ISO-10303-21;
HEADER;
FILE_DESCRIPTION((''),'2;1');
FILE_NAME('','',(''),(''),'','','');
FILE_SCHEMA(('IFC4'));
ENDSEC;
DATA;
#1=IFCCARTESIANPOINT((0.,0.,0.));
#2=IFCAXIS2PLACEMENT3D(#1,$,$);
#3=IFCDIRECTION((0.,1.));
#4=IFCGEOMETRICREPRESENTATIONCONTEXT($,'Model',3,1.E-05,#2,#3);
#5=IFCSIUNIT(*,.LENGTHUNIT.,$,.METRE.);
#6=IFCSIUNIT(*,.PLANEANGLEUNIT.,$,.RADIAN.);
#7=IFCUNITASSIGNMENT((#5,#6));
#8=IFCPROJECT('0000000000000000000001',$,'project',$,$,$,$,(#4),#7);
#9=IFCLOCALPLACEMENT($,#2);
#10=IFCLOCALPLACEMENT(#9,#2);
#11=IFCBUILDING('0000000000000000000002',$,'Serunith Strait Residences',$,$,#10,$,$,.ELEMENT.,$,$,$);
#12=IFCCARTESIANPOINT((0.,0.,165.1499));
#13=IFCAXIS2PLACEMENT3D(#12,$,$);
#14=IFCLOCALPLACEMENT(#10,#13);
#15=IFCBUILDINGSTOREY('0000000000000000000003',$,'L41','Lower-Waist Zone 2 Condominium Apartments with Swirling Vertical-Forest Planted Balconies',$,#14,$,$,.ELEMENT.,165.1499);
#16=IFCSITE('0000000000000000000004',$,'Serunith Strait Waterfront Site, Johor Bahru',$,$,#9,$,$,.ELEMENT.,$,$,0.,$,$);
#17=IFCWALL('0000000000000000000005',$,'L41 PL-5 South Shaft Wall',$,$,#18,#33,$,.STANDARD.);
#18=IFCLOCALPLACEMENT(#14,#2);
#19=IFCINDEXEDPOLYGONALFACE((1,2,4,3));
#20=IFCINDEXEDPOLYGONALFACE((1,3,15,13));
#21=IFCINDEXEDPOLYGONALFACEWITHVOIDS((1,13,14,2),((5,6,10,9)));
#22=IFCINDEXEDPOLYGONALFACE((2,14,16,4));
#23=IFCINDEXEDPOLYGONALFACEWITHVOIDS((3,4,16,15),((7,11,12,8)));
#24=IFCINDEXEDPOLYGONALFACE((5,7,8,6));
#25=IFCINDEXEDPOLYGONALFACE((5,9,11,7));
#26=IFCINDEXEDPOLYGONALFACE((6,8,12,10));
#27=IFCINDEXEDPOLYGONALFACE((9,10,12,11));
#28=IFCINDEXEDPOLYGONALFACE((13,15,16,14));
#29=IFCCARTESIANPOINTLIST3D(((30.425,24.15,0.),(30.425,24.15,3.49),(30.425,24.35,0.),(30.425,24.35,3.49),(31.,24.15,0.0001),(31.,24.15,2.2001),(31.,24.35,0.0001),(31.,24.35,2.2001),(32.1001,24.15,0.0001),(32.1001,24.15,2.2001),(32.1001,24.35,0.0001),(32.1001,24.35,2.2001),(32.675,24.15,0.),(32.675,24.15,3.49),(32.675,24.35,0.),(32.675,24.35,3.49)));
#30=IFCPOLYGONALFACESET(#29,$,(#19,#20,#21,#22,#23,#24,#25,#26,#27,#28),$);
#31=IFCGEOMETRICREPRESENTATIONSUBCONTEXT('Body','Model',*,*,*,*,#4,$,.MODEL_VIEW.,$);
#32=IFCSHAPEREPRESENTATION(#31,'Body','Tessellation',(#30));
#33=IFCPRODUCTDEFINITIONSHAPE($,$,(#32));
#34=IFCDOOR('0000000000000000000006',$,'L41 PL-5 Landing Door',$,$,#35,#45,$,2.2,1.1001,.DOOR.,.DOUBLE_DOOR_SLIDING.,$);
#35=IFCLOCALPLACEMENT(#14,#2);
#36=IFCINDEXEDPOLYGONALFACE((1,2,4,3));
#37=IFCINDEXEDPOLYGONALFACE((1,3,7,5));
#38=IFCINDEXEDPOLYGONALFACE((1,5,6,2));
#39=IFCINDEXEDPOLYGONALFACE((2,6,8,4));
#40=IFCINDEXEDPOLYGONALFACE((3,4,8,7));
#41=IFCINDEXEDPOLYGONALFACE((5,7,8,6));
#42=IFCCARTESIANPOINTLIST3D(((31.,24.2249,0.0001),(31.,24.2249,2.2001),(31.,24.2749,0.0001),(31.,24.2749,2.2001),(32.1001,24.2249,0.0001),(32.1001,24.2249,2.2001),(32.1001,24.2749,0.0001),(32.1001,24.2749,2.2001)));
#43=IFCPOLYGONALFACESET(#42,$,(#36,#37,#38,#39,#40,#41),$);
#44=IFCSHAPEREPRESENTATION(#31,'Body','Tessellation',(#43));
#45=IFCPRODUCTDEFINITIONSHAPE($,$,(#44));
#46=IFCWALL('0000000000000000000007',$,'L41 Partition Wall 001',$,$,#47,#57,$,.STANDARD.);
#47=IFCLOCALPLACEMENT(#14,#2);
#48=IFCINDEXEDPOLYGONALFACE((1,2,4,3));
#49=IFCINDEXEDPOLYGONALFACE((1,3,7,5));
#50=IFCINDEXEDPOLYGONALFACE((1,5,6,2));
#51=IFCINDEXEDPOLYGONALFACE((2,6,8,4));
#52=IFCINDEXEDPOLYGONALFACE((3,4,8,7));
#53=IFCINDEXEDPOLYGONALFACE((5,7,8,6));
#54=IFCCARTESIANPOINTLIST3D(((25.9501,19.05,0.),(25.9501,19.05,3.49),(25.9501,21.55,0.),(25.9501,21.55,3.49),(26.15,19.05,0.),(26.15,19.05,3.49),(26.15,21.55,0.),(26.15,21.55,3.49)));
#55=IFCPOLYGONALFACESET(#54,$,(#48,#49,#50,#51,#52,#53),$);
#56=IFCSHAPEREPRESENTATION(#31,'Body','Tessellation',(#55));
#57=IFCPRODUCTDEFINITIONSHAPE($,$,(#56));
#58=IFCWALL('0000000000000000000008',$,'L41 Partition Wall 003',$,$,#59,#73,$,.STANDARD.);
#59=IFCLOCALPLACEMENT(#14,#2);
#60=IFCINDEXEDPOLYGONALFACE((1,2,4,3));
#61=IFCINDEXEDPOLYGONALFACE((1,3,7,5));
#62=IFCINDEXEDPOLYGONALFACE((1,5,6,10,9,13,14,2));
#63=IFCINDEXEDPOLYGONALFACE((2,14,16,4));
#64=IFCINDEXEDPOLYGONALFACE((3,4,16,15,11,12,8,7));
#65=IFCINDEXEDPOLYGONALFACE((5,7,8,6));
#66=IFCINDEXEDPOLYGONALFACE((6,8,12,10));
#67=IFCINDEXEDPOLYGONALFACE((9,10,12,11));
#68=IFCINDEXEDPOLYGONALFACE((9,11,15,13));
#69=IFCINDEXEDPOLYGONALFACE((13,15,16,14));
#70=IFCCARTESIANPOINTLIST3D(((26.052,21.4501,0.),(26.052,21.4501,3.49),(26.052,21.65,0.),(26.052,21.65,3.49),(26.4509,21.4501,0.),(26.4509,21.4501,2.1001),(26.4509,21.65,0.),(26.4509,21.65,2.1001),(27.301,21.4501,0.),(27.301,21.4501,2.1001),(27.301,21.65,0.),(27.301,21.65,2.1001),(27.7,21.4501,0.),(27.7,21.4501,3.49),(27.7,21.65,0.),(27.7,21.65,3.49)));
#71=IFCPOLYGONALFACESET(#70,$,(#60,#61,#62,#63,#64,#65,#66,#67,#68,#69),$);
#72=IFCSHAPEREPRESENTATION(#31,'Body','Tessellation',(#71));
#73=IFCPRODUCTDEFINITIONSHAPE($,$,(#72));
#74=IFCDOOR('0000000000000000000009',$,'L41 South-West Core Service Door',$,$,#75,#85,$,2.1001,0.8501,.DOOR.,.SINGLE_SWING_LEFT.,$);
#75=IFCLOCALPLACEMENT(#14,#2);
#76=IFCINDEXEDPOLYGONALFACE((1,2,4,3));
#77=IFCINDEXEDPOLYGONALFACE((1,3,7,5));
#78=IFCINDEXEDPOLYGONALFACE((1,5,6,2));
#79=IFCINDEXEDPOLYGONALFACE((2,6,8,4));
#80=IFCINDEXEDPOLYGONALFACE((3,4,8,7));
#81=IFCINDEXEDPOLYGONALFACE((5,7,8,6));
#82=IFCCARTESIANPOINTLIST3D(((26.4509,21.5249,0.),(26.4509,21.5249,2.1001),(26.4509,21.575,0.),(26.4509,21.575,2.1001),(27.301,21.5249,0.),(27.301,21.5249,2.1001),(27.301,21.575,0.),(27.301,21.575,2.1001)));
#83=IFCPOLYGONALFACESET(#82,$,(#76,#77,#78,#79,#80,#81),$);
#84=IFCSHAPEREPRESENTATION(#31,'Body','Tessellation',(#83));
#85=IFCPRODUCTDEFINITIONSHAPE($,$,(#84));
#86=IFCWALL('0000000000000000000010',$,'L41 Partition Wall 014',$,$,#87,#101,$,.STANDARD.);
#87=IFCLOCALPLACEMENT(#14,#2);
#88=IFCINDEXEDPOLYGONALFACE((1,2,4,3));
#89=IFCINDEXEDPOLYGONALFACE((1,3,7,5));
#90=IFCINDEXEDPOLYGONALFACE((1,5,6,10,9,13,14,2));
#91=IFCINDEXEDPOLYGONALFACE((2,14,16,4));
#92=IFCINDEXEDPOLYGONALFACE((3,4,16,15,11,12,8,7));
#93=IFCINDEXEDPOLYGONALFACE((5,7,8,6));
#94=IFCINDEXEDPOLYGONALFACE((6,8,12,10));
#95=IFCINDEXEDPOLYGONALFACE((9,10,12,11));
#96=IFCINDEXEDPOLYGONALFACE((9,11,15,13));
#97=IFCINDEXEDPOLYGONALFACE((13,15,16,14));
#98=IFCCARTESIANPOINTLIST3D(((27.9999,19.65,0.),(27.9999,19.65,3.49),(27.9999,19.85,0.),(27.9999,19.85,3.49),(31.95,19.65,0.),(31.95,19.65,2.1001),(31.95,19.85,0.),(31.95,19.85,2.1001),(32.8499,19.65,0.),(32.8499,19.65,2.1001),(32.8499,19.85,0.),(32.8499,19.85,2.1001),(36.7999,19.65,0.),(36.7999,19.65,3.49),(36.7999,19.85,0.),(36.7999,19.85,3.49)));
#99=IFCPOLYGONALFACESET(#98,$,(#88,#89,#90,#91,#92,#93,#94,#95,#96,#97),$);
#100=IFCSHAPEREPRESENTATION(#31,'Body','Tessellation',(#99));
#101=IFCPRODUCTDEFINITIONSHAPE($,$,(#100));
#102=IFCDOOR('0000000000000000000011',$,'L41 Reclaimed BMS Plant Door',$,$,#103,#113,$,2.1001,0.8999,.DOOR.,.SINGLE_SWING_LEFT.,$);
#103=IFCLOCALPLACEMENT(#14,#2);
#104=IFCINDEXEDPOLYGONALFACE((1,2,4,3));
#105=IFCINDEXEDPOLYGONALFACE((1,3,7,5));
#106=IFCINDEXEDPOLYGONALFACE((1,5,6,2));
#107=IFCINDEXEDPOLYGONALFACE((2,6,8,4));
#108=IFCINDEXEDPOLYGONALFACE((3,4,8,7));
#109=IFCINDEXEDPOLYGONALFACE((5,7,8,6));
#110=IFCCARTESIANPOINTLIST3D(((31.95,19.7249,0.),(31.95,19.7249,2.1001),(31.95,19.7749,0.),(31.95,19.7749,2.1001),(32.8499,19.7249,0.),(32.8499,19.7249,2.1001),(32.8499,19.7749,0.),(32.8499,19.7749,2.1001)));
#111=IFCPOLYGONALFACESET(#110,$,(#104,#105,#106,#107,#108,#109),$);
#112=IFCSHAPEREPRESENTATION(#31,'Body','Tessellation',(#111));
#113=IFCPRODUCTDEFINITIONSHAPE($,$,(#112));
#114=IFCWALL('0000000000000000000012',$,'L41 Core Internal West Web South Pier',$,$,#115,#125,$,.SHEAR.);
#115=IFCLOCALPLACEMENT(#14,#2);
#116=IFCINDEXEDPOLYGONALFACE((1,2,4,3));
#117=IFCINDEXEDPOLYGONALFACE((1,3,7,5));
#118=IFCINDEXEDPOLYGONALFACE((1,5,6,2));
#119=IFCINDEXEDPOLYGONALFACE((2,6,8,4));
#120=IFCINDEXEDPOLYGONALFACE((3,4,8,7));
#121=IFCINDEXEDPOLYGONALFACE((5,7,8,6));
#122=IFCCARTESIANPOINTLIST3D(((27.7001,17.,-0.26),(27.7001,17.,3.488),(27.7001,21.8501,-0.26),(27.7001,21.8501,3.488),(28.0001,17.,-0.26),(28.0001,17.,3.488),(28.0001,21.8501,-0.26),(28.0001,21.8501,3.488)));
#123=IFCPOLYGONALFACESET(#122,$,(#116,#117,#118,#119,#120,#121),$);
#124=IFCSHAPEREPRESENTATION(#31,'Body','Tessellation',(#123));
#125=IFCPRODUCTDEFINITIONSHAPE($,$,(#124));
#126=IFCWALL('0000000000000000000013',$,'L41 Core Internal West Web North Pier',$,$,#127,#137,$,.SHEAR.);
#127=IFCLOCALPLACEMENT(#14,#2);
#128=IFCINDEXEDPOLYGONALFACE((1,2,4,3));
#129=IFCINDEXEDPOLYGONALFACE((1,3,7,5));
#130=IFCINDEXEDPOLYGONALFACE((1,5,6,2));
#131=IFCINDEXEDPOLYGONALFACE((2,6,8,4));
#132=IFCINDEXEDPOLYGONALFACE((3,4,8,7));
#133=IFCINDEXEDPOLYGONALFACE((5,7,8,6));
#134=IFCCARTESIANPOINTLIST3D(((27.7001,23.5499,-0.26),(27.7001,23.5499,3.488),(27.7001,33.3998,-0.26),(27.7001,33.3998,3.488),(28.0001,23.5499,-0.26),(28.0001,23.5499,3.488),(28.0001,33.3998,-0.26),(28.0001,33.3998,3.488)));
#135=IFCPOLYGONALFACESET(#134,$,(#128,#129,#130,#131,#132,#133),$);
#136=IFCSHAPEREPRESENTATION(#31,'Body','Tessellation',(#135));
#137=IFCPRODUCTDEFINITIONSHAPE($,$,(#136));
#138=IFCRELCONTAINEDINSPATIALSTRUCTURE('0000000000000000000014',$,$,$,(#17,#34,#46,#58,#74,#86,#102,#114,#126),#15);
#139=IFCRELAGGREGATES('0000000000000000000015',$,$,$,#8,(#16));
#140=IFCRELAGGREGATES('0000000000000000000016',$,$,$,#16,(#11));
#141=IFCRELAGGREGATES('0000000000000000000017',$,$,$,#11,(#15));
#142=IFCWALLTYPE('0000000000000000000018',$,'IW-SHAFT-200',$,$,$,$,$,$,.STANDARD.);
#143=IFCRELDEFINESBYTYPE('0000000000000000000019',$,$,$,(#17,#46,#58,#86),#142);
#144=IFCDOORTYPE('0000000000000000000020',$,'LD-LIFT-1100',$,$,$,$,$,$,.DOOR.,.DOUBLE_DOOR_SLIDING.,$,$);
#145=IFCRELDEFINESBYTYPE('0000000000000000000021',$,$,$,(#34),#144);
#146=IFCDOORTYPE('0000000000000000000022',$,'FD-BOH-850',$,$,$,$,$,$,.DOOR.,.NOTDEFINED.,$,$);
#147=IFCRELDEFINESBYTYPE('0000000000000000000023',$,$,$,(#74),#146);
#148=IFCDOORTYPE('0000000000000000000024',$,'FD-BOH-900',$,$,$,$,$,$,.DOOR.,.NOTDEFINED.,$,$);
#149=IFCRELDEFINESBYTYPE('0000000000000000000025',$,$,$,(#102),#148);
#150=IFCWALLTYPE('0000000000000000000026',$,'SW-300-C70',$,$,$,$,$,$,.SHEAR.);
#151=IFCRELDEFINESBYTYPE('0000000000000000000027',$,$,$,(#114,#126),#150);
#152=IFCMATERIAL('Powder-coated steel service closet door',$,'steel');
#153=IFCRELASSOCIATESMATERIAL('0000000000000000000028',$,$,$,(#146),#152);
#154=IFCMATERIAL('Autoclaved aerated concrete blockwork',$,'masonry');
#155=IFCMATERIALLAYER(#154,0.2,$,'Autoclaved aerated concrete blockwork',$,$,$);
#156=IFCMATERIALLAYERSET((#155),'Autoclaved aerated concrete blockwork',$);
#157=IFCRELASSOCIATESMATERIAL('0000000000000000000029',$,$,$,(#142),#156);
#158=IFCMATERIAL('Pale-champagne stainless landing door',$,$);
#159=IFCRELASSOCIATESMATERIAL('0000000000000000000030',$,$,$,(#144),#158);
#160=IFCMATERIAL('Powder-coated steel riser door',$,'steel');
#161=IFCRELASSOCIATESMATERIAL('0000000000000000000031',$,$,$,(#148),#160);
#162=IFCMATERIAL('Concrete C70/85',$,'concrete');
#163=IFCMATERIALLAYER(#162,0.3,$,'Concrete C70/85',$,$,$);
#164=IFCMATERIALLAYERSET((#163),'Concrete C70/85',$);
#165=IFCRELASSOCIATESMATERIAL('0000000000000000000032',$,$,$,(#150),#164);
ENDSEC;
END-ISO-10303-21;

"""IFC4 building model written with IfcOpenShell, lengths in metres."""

from ifc_helpers import new_model, si_unit, direction, frame, frame_2d, origin, place, context, subcontext, project, spatial, rectangle, extrude, source, transform, mapped, material, layer, layer_set, type_object, element, fill, save


model = new_model("IFC4")

# Units and contexts
model_context = context("Model", 3, precision=1e-05, world=origin(), true_north=direction((0.0, 1.0)))
body_context = subcontext(model_context, "Body", "Model", "MODEL_VIEW")
ifc_project = project(units=[si_unit("LENGTHUNIT", "METRE"), si_unit("PLANEANGLEUNIT", "RADIAN")], contexts=[model_context])

# Site, building, storey
site_placement = place(None, origin())
site = spatial("IfcSite", under=ifc_project, at=site_placement, Name="Serunith Strait Waterfront Site, Johor Bahru", CompositionType="ELEMENT", RefElevation=0.0)
building_placement = place(site_placement, origin())
building = spatial("IfcBuilding", under=site, at=building_placement, Name="Serunith Strait Residences", CompositionType="ELEMENT")
storey_placement = place(building_placement, frame((0.0, 0.0, 165.1499)))
storey = spatial("IfcBuildingStorey", under=building, at=storey_placement, Name="L41", Description="Lower-Waist Zone 2 Condominium Apartments with Swirling Vertical-Forest Planted Balconies", CompositionType="ELEMENT", Elevation=165.1499)

# Wall, opening, door
ifc_material_1 = material(Name="Powder-coated steel service closet door", Category="steel")
door_type_1 = type_object("IfcDoorType", Name="FD-BOH-850", OperationType="NOTDEFINED", PredefinedType="DOOR", material=ifc_material_1)
shared_shape_1 = source(origin(), body_context, "Body", "SweptSolid", [
    extrude(rectangle(XDim=0.8501, YDim=2.1001, at=frame_2d((0.425, 1.05))), frame((0.0, 0.0249, 0.0), z_axis=(0.0, -1.0, 0.0), x_axis=(1.0, 0.0, 0.0)), (0.0, 0.0, 1.0), 0.05),
])
ifc_material_2 = material(Name="Autoclaved aerated concrete blockwork", Category="masonry")
ifc_layer_1 = layer(ifc_material_2, 0.2, Name="Autoclaved aerated concrete blockwork")
ifc_layer_set_1 = layer_set([ifc_layer_1], Name="Autoclaved aerated concrete blockwork")
wall_type_1 = type_object("IfcWallType", Name="IW-SHAFT-200", PredefinedType="STANDARD", material=ifc_layer_set_1)
ifc_material_3 = material(Name="Pale-champagne stainless landing door")
door_type_2 = type_object("IfcDoorType", Name="LD-LIFT-1100", OperationType="DOUBLE_DOOR_SLIDING", PredefinedType="DOOR", material=ifc_material_3)
shared_shape_2 = source(origin(), body_context, "Body", "SweptSolid", [
    extrude(rectangle(XDim=1.1001, YDim=2.2, at=frame_2d((0.55, 1.1001))), frame((0.0, 0.0249, 0.0), z_axis=(0.0, -1.0, 0.0), x_axis=(1.0, 0.0, 0.0)), (0.0, 0.0, 1.0), 0.05),
])
wall_1_placement = place(storey_placement, frame((30.425, 24.25, 0.0), z_axis=(0.0, 0.0, 1.0), x_axis=(1.0, 0.0, 0.0)))
wall_1 = element("IfcWall", 1, at=wall_1_placement, inside=storey, type_object=wall_type_1, Name="L41 PL-5 South Shaft Wall", PredefinedType="STANDARD", context=body_context, shape_type="SweptSolid", body=[
    extrude(rectangle(XDim=2.25, YDim=0.2, at=frame_2d((1.125, 0.0))), origin(), (0.0, 0.0, 1.0), 3.49),
])
opening_1_placement = place(wall_1_placement, frame((0.575, 0.0, 0.0)))
opening_1 = element("IfcOpeningElement", 2, at=opening_1_placement, cuts=wall_1, PredefinedType="OPENING", context=body_context, shape_type="SweptSolid", body=[
    extrude(rectangle(XDim=1.1001, YDim=2.2, at=frame_2d((0.55, 1.1001))), frame((0.0, 0.1099, 0.0), z_axis=(0.0, -1.0, 0.0), x_axis=(1.0, 0.0, 0.0)), (0.0, 0.0, 1.0), 0.22),
])
door_1_placement = place(opening_1_placement, origin())
door_1 = element("IfcDoor", 3, at=door_1_placement, inside=storey, type_object=door_type_2, Name="L41 PL-5 Landing Door", OperationType="DOUBLE_DOOR_SLIDING", OverallHeight=2.2, OverallWidth=1.1001, PredefinedType="DOOR", context=body_context, shape_type="MappedRepresentation", body=[
    mapped(shared_shape_2, transform((0.0, 0.0, 0.0), scale=1.0)),
])
fill(opening_1, door_1)

# Wall
wall_2_placement = place(storey_placement, frame((26.05, 19.05, 0.0), z_axis=(0.0, 0.0, 1.0), x_axis=(0.0, 1.0, 0.0)))
element("IfcWall", 4, at=wall_2_placement, inside=storey, type_object=wall_type_1, Name="L41 Partition Wall 001", PredefinedType="STANDARD", context=body_context, shape_type="SweptSolid", body=[
    extrude(rectangle(XDim=2.5, YDim=0.2, at=frame_2d((1.25, 0.0))), origin(), (0.0, 0.0, 1.0), 3.49),
])

# Walls, openings, doors
wall_3_placement = place(storey_placement, frame((26.052, 21.55, 0.0), z_axis=(0.0, 0.0, 1.0), x_axis=(1.0, 0.0, 0.0)))
wall_3 = element("IfcWall", 5, at=wall_3_placement, inside=storey, type_object=wall_type_1, Name="L41 Partition Wall 003", PredefinedType="STANDARD", context=body_context, shape_type="SweptSolid", body=[
    extrude(rectangle(XDim=1.6479, YDim=0.2, at=frame_2d((0.824, 0.0))), origin(), (0.0, 0.0, 1.0), 3.49),
])
opening_2_placement = place(wall_3_placement, frame((0.3989, 0.0, 0.0)))
opening_2 = element("IfcOpeningElement", 6, at=opening_2_placement, cuts=wall_3, PredefinedType="OPENING", context=body_context, shape_type="SweptSolid", body=[
    extrude(rectangle(XDim=0.8501, YDim=2.1001, at=frame_2d((0.425, 1.05))), frame((0.0, 0.1099, 0.0), z_axis=(0.0, -1.0, 0.0), x_axis=(1.0, 0.0, 0.0)), (0.0, 0.0, 1.0), 0.22),
])
door_2_placement = place(opening_2_placement, origin())
door_2 = element("IfcDoor", 7, at=door_2_placement, inside=storey, type_object=door_type_1, Name="L41 South-West Core Service Door", OperationType="SINGLE_SWING_LEFT", OverallHeight=2.1001, OverallWidth=0.8501, PredefinedType="DOOR", context=body_context, shape_type="MappedRepresentation", body=[
    mapped(shared_shape_1, transform((0.0, 0.0, 0.0), scale=1.0)),
])
fill(opening_2, door_2)
wall_4_placement = place(storey_placement, frame((28.0, 19.75, 0.0), z_axis=(0.0, 0.0, 1.0), x_axis=(1.0, 0.0, 0.0)))
wall_4 = element("IfcWall", 8, at=wall_4_placement, inside=storey, type_object=wall_type_1, Name="L41 Partition Wall 014", PredefinedType="STANDARD", context=body_context, shape_type="SweptSolid", body=[
    extrude(rectangle(XDim=8.8, YDim=0.2, at=frame_2d((4.3999, 0.0))), origin(), (0.0, 0.0, 1.0), 3.49),
])
opening_3_placement = place(wall_4_placement, frame((3.95, 0.0, 0.0)))
opening_3 = element("IfcOpeningElement", 9, at=opening_3_placement, cuts=wall_4, PredefinedType="OPENING", context=body_context, shape_type="SweptSolid", body=[
    extrude(rectangle(XDim=0.8999, YDim=2.1001, at=frame_2d((0.45, 1.05))), frame((0.0, 0.1099, 0.0), z_axis=(0.0, -1.0, 0.0), x_axis=(1.0, 0.0, 0.0)), (0.0, 0.0, 1.0), 0.22),
])
ifc_material_4 = material(Name="Powder-coated steel riser door", Category="steel")
door_type_3 = type_object("IfcDoorType", Name="FD-BOH-900", OperationType="NOTDEFINED", PredefinedType="DOOR", material=ifc_material_4)
shared_shape_3 = source(origin(), body_context, "Body", "SweptSolid", [
    extrude(rectangle(XDim=0.8999, YDim=2.1001, at=frame_2d((0.45, 1.05))), frame((0.0, 0.0249, 0.0), z_axis=(0.0, -1.0, 0.0), x_axis=(1.0, 0.0, 0.0)), (0.0, 0.0, 1.0), 0.05),
])
door_3_placement = place(opening_3_placement, origin())
door_3 = element("IfcDoor", 10, at=door_3_placement, inside=storey, type_object=door_type_3, Name="L41 Reclaimed BMS Plant Door", OperationType="SINGLE_SWING_LEFT", OverallHeight=2.1001, OverallWidth=0.8999, PredefinedType="DOOR", context=body_context, shape_type="MappedRepresentation", body=[
    mapped(shared_shape_3, transform((0.0, 0.0, 0.0), scale=1.0)),
])
fill(opening_3, door_3)

# Walls
ifc_material_5 = material(Name="Concrete C70/85", Category="concrete")
ifc_layer_2 = layer(ifc_material_5, 0.3, Name="Concrete C70/85")
ifc_layer_set_2 = layer_set([ifc_layer_2], Name="Concrete C70/85")
wall_type_2 = type_object("IfcWallType", Name="SW-300-C70", PredefinedType="SHEAR", material=ifc_layer_set_2)
wall_5_placement = place(storey_placement, frame((27.8501, 17.0, -0.26), z_axis=(0.0, 0.0, 1.0), x_axis=(0.0, 1.0, 0.0)))
element("IfcWall", 11, at=wall_5_placement, inside=storey, type_object=wall_type_2, Name="L41 Core Internal West Web South Pier", PredefinedType="SHEAR", context=body_context, shape_type="SweptSolid", body=[
    extrude(rectangle(XDim=4.8501, YDim=0.3, at=frame_2d((2.425, 0.0))), origin(), (0.0, 0.0, 1.0), 3.748),
])
wall_6_placement = place(storey_placement, frame((27.8501, 23.55, -0.26), z_axis=(0.0, 0.0, 1.0), x_axis=(0.0, 1.0, 0.0)))
element("IfcWall", 12, at=wall_6_placement, inside=storey, type_object=wall_type_2, Name="L41 Core Internal West Web North Pier", PredefinedType="SHEAR", context=body_context, shape_type="SweptSolid", body=[
    extrude(rectangle(XDim=9.8499, YDim=0.3, at=frame_2d((4.9248, 0.0))), origin(), (0.0, 0.0, 1.0), 3.748),
])

save(model, "model.ifc")
